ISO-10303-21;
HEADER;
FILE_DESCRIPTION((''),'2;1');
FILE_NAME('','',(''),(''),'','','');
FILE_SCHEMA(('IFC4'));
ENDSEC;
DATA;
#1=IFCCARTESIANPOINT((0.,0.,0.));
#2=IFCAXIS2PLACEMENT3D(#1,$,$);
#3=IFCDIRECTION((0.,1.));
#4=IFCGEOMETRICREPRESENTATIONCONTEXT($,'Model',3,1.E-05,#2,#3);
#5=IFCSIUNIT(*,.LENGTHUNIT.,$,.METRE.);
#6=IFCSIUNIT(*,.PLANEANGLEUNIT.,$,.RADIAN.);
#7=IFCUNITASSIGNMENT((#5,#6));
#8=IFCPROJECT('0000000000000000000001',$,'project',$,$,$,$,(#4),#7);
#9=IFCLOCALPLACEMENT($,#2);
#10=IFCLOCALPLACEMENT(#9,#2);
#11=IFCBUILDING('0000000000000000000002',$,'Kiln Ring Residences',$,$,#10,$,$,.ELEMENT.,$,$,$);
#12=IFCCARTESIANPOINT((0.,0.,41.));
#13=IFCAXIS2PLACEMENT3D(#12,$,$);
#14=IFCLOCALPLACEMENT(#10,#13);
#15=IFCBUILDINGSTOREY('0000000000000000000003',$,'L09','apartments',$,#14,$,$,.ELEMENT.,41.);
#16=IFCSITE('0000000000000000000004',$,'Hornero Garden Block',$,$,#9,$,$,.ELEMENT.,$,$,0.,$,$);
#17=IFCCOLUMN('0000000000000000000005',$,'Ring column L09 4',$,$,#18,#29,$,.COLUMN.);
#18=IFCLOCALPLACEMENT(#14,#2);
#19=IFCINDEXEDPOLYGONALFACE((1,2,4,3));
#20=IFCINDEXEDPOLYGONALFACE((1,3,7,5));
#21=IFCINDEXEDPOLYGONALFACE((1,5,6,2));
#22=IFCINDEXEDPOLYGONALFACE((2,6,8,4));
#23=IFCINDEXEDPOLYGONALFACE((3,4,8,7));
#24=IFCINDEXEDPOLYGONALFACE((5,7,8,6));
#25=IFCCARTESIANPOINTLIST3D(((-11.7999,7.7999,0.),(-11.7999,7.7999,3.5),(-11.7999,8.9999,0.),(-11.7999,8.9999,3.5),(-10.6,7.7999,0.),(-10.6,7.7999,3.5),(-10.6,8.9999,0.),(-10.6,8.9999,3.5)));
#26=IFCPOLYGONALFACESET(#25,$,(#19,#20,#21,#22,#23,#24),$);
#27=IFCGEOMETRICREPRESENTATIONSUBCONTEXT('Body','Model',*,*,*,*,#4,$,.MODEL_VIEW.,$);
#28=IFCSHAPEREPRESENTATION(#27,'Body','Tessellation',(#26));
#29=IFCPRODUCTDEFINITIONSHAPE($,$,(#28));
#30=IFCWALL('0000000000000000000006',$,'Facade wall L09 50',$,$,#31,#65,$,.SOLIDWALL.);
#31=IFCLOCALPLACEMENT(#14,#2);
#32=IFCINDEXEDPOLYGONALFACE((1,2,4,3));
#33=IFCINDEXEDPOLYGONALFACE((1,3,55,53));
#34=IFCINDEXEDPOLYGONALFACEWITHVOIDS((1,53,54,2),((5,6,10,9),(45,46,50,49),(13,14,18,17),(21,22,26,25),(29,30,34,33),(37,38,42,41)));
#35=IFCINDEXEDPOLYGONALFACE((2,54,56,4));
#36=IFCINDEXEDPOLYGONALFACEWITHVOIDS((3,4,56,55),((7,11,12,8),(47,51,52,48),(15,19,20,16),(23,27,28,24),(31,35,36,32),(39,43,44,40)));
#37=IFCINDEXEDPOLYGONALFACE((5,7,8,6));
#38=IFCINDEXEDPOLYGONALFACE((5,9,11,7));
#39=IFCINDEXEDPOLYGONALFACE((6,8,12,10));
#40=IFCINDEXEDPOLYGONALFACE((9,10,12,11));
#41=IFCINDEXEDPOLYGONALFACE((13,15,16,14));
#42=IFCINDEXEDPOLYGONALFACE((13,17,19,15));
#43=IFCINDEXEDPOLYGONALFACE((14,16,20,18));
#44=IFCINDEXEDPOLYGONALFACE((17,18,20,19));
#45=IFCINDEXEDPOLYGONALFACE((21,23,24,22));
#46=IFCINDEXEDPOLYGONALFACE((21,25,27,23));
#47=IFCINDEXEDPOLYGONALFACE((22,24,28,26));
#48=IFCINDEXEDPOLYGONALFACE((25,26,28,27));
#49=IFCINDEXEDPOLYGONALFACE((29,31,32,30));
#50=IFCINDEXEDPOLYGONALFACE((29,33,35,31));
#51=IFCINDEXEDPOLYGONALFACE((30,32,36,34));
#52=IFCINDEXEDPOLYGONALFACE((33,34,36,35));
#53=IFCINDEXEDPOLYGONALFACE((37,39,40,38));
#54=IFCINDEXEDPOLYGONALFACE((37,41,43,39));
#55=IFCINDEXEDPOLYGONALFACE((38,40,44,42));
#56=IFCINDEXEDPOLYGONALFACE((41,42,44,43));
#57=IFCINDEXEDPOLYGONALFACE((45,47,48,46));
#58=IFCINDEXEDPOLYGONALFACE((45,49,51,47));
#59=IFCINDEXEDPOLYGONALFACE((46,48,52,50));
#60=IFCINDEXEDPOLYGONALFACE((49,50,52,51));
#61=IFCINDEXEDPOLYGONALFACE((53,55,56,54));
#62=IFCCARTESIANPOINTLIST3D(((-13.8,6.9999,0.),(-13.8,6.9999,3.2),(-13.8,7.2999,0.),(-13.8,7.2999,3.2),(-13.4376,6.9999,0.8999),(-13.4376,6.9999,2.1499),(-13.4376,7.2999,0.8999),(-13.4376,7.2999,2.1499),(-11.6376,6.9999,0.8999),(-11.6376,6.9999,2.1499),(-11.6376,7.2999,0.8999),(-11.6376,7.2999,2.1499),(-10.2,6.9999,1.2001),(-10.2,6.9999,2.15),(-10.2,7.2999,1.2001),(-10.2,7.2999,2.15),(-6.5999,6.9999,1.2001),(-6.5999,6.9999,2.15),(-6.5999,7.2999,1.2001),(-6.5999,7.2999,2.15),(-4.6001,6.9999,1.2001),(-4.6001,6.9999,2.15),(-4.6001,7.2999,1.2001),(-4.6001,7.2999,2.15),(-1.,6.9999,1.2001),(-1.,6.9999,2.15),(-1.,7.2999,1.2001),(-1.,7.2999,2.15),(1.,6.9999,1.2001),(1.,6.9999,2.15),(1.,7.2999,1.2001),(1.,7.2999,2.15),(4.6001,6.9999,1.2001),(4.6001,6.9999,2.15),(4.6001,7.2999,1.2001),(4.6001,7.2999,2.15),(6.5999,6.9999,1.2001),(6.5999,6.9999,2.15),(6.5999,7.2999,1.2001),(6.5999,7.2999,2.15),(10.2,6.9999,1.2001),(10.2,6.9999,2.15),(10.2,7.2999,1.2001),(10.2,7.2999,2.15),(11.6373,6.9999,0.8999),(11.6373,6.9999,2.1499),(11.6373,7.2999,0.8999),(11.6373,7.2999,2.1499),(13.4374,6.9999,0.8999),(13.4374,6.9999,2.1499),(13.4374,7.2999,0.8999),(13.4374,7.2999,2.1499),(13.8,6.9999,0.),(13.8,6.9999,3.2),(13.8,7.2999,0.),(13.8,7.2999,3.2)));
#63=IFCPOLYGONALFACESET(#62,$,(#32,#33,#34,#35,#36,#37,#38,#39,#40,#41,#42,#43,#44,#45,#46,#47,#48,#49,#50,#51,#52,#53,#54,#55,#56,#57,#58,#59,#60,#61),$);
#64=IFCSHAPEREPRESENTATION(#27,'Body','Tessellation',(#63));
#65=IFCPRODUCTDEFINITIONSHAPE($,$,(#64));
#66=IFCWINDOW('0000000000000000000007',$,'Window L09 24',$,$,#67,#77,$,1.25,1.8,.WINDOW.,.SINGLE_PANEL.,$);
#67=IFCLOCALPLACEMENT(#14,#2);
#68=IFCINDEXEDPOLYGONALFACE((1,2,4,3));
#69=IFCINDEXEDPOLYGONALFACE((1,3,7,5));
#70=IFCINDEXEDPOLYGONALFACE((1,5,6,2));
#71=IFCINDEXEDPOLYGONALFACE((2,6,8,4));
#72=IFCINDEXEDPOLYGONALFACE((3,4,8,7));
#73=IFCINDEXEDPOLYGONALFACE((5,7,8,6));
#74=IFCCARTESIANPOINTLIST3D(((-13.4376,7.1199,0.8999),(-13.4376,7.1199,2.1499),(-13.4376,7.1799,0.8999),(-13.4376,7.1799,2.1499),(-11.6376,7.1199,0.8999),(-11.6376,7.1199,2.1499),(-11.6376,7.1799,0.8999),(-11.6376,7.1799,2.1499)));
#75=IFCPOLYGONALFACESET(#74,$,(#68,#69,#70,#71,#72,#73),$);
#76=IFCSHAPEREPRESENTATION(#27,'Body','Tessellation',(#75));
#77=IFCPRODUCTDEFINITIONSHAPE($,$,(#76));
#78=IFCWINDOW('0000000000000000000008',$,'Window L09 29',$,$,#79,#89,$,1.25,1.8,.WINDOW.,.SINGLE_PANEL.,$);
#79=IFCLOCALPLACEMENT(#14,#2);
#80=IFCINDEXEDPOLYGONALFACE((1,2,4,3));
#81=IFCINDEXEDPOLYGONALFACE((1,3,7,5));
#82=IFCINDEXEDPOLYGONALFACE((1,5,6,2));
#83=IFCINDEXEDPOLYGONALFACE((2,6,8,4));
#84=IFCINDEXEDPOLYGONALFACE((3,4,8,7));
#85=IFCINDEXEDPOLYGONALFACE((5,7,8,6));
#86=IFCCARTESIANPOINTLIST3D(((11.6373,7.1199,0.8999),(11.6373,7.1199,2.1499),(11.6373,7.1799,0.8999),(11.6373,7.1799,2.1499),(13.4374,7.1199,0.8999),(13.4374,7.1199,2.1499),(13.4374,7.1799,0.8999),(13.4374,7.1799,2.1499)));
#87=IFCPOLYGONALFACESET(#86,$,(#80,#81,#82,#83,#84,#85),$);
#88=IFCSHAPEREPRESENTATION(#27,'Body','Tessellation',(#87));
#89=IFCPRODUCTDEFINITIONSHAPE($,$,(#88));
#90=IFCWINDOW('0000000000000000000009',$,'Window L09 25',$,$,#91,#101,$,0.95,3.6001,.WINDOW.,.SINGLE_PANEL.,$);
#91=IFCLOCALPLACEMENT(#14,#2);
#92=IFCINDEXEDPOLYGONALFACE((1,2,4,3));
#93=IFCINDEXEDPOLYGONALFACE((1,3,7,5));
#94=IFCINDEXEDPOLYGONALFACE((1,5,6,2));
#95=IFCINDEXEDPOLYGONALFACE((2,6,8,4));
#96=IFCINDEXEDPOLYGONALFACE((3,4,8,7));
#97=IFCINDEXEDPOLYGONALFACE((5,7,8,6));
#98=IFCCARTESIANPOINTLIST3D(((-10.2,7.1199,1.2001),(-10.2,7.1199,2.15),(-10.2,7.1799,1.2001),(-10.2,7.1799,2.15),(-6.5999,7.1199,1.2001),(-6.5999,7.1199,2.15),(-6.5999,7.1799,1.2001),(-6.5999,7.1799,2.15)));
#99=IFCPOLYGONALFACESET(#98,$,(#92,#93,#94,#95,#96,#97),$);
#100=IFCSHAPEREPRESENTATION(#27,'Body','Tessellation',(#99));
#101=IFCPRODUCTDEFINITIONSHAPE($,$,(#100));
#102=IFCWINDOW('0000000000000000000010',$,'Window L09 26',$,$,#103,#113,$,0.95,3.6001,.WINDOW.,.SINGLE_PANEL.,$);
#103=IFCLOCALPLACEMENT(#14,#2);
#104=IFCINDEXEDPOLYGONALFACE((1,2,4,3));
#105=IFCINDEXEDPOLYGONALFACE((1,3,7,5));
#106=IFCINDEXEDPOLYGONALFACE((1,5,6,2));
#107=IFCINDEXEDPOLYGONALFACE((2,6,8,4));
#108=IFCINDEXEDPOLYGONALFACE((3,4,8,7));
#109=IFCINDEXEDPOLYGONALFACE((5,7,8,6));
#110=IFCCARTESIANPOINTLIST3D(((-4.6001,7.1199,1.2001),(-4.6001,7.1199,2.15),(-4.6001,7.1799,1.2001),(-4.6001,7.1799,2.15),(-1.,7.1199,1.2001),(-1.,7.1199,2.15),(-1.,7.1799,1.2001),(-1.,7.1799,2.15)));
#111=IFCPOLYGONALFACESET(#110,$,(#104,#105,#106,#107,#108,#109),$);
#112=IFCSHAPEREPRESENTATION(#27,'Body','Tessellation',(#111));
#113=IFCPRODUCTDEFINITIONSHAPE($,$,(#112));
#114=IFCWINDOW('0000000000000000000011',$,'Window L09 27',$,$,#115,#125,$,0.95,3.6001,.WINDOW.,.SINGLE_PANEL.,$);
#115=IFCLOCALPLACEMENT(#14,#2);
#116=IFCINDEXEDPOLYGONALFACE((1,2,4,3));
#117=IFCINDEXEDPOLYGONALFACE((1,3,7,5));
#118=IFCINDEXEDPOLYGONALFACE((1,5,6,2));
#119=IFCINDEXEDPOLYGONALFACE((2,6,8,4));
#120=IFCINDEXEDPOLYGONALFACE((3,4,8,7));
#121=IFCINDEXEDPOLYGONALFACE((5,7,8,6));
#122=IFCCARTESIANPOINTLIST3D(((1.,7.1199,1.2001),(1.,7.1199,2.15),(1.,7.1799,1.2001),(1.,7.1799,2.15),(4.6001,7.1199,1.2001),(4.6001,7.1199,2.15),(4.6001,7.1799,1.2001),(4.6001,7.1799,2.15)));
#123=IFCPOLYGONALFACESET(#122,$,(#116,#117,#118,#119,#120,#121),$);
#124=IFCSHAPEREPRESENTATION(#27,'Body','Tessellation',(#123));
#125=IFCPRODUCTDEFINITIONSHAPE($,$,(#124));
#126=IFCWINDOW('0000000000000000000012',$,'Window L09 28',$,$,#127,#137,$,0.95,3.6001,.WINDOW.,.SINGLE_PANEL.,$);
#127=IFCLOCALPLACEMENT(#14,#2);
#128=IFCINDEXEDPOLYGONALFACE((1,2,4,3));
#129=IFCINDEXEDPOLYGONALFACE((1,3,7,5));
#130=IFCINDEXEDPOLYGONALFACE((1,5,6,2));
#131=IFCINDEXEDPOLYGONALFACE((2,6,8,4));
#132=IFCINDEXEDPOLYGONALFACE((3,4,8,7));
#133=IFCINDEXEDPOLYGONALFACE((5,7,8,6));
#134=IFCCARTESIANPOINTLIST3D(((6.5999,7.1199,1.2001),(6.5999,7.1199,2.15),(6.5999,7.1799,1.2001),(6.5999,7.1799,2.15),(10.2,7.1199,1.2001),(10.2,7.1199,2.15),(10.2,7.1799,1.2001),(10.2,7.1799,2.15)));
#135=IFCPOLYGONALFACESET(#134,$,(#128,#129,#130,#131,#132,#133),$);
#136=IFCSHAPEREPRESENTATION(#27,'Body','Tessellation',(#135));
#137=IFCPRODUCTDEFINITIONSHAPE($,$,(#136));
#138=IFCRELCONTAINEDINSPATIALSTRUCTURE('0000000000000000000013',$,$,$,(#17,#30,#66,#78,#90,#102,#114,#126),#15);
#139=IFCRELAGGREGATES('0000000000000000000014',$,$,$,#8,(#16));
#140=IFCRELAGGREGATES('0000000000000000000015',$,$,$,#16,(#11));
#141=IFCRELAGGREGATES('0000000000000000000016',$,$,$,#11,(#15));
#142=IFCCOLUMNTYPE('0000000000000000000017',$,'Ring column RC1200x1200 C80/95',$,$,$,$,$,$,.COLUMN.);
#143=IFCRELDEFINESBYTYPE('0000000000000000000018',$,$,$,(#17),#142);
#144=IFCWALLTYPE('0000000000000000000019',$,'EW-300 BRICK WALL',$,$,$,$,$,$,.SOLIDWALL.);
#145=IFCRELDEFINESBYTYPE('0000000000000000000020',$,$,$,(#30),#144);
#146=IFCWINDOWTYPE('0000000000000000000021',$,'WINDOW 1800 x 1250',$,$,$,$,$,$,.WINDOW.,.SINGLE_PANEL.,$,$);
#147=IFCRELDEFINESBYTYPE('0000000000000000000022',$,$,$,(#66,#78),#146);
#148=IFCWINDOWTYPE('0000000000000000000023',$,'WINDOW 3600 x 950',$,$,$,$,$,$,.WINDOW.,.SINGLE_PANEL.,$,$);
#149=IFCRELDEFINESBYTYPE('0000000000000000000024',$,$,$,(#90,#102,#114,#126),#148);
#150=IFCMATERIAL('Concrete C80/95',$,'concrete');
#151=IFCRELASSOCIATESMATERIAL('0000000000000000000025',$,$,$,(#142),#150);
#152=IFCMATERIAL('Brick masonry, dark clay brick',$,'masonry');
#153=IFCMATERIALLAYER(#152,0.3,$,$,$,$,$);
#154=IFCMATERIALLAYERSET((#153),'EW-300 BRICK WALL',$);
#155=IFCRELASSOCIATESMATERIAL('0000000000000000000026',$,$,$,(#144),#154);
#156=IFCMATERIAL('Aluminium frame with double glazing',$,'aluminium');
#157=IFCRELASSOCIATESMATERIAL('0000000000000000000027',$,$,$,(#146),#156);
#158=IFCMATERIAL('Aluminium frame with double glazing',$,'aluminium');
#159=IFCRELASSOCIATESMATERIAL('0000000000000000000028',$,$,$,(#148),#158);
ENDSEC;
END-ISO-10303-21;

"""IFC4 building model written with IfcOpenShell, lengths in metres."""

from ifc_helpers import new_model, si_unit, direction, frame, frame_2d, origin, origin_2d, place, context, subcontext, project, spatial, rectangle, extrude, material, layer, layer_set, material_profile, profile_set, type_object, element, fill, save


model = new_model("IFC4")

# Units and contexts
model_context = context("Model", 3, precision=1e-05, world=origin(), true_north=direction((0.0, 1.0)))
body_context = subcontext(model_context, "Body", "Model", "MODEL_VIEW")
ifc_project = project(units=[si_unit("LENGTHUNIT", "METRE"), si_unit("PLANEANGLEUNIT", "RADIAN")], contexts=[model_context])

# Site, building, storey
site_placement = place(None, origin())
site = spatial("IfcSite", under=ifc_project, at=site_placement, Name="Hornero Garden Block", CompositionType="ELEMENT", RefElevation=0.0)
building_placement = place(site_placement, origin())
building = spatial("IfcBuilding", under=site, at=building_placement, Name="Kiln Ring Residences", CompositionType="ELEMENT")
storey_placement = place(building_placement, frame((0.0, 0.0, 41.0)))
storey = spatial("IfcBuildingStorey", under=building, at=storey_placement, Name="L09", Description="apartments", CompositionType="ELEMENT", Elevation=41.0)

# Column
ifc_material_1 = material(Name="Concrete C80/95", Category="concrete")
ifc_material_profile = material_profile(ifc_material_1, rectangle(XDim=1.2, YDim=1.2, at=origin_2d()), Name="RC1200x1200")
ifc_profile_set = profile_set([ifc_material_profile], Name="Concrete C80/95")
column_type = type_object("IfcColumnType", Name="Ring column RC1200x1200 C80/95", PredefinedType="COLUMN", material=ifc_profile_set)
column_placement = place(storey_placement, frame((-11.2, 8.3999, 0.0), z_axis=(0.0, 0.0, 1.0), x_axis=(1.0, 0.0, 0.0)))
element("IfcColumn", 1, at=column_placement, inside=storey, type_object=column_type, Name="Ring column L09 4", PredefinedType="COLUMN", context=body_context, shape_type="SweptSolid", body=[
    extrude(rectangle(XDim=1.2, YDim=1.2, at=origin_2d()), origin(), (0.0, 0.0, 1.0), 3.5),
])

# Wall, openings, windows
ifc_material_2 = material(Name="Brick masonry, dark clay brick", Category="masonry")
ifc_layer_1 = layer(ifc_material_2, 0.3)
ifc_layer_set_1 = layer_set([ifc_layer_1], Name="EW-300 BRICK WALL")
wall_type_1 = type_object("IfcWallType", Name="EW-300 BRICK WALL", PredefinedType="SOLIDWALL", material=ifc_layer_set_1)
wall_1_placement = place(storey_placement, frame((-13.8, 7.1499, 0.0), z_axis=(0.0, 0.0, 1.0), x_axis=(1.0, 0.0, 0.0)))
wall_1 = element("IfcWall", 2, at=wall_1_placement, inside=storey, type_object=wall_type_1, Name="Facade wall L09 50", PredefinedType="SOLIDWALL", context=body_context, shape_type="SweptSolid", body=[
    extrude(rectangle(XDim=27.6001, YDim=0.3, at=frame_2d((13.8, 0.0))), origin(), (0.0, 0.0, 1.0), 3.2),
])
opening_1_placement = place(wall_1_placement, frame((0.3625, 0.0, 0.8999)))
opening_1 = element("IfcOpeningElement", 3, at=opening_1_placement, cuts=wall_1, PredefinedType="OPENING", context=body_context, shape_type="SweptSolid", body=[
    extrude(rectangle(XDim=1.8, YDim=1.25, at=frame_2d((0.8999, 0.625))), frame((0.0, 0.1599, 0.0), z_axis=(0.0, -1.0, 0.0), x_axis=(1.0, 0.0, 0.0)), (0.0, 0.0, 1.0), 0.3201),
])
opening_2_placement = place(wall_1_placement, frame((3.6001, 0.0, 1.2)))
opening_2 = element("IfcOpeningElement", 4, at=opening_2_placement, cuts=wall_1, PredefinedType="OPENING", context=body_context, shape_type="SweptSolid", body=[
    extrude(rectangle(XDim=3.6001, YDim=0.95, at=frame_2d((1.8, 0.4751))), frame((0.0, 0.1599, 0.0), z_axis=(0.0, -1.0, 0.0), x_axis=(1.0, 0.0, 0.0)), (0.0, 0.0, 1.0), 0.3201),
])
opening_3_placement = place(wall_1_placement, frame((9.2, 0.0, 1.2)))
opening_3 = element("IfcOpeningElement", 5, at=opening_3_placement, cuts=wall_1, PredefinedType="OPENING", context=body_context, shape_type="SweptSolid", body=[
    extrude(rectangle(XDim=3.6001, YDim=0.95, at=frame_2d((1.8, 0.4751))), frame((0.0, 0.1599, 0.0), z_axis=(0.0, -1.0, 0.0), x_axis=(1.0, 0.0, 0.0)), (0.0, 0.0, 1.0), 0.3201),
])
opening_4_placement = place(wall_1_placement, frame((14.8, 0.0, 1.2)))
opening_4 = element("IfcOpeningElement", 6, at=opening_4_placement, cuts=wall_1, PredefinedType="OPENING", context=body_context, shape_type="SweptSolid", body=[
    extrude(rectangle(XDim=3.6001, YDim=0.95, at=frame_2d((1.8, 0.4751))), frame((0.0, 0.1599, 0.0), z_axis=(0.0, -1.0, 0.0), x_axis=(1.0, 0.0, 0.0)), (0.0, 0.0, 1.0), 0.3201),
])
opening_5_placement = place(wall_1_placement, frame((20.3999, 0.0, 1.2)))
opening_5 = element("IfcOpeningElement", 7, at=opening_5_placement, cuts=wall_1, PredefinedType="OPENING", context=body_context, shape_type="SweptSolid", body=[
    extrude(rectangle(XDim=3.6001, YDim=0.95, at=frame_2d((1.8, 0.4751))), frame((0.0, 0.1599, 0.0), z_axis=(0.0, -1.0, 0.0), x_axis=(1.0, 0.0, 0.0)), (0.0, 0.0, 1.0), 0.3201),
])
opening_6_placement = place(wall_1_placement, frame((25.4375, 0.0, 0.8999)))
opening_6 = element("IfcOpeningElement", 8, at=opening_6_placement, cuts=wall_1, PredefinedType="OPENING", context=body_context, shape_type="SweptSolid", body=[
    extrude(rectangle(XDim=1.8, YDim=1.25, at=frame_2d((0.8999, 0.625))), frame((0.0, 0.1599, 0.0), z_axis=(0.0, -1.0, 0.0), x_axis=(1.0, 0.0, 0.0)), (0.0, 0.0, 1.0), 0.3201),
])
ifc_material_3 = material(Name="Aluminium frame with double glazing", Category="aluminium")
window_type_1 = type_object("IfcWindowType", Name="WINDOW 1800 x 1250", PartitioningType="SINGLE_PANEL", PredefinedType="WINDOW", material=ifc_material_3)
window_1_placement = place(opening_1_placement, origin())
window_1 = element("IfcWindow", 9, at=window_1_placement, inside=storey, type_object=window_type_1, Name="Window L09 24", OverallHeight=1.25, OverallWidth=1.8, PartitioningType="SINGLE_PANEL", PredefinedType="WINDOW", context=body_context, shape_type="SweptSolid", body=[
    extrude(rectangle(XDim=1.8, YDim=1.25, at=frame_2d((0.8999, 0.625))), frame((0.0, 0.03, 0.0), z_axis=(0.0, -1.0, 0.0), x_axis=(1.0, 0.0, 0.0)), (0.0, 0.0, 1.0), 0.0601),
])
fill(opening_1, window_1)
window_2_placement = place(opening_6_placement, origin())
window_2 = element("IfcWindow", 10, at=window_2_placement, inside=storey, type_object=window_type_1, Name="Window L09 29", OverallHeight=1.25, OverallWidth=1.8, PartitioningType="SINGLE_PANEL", PredefinedType="WINDOW", context=body_context, shape_type="SweptSolid", body=[
    extrude(rectangle(XDim=1.8, YDim=1.25, at=frame_2d((0.8999, 0.625))), frame((0.0, 0.03, 0.0), z_axis=(0.0, -1.0, 0.0), x_axis=(1.0, 0.0, 0.0)), (0.0, 0.0, 1.0), 0.0601),
])
fill(opening_6, window_2)
ifc_material_4 = material(Name="Aluminium frame with double glazing", Category="aluminium")
window_type_2 = type_object("IfcWindowType", Name="WINDOW 3600 x 950", PartitioningType="SINGLE_PANEL", PredefinedType="WINDOW", material=ifc_material_4)
window_3_placement = place(opening_2_placement, origin())
window_3 = element("IfcWindow", 11, at=window_3_placement, inside=storey, type_object=window_type_2, Name="Window L09 25", OverallHeight=0.95, OverallWidth=3.6001, PartitioningType="SINGLE_PANEL", PredefinedType="WINDOW", context=body_context, shape_type="SweptSolid", body=[
    extrude(rectangle(XDim=3.6001, YDim=0.95, at=frame_2d((1.8, 0.4751))), frame((0.0, 0.03, 0.0), z_axis=(0.0, -1.0, 0.0), x_axis=(1.0, 0.0, 0.0)), (0.0, 0.0, 1.0), 0.0601),
])
fill(opening_2, window_3)
window_4_placement = place(opening_3_placement, origin())
window_4 = element("IfcWindow", 12, at=window_4_placement, inside=storey, type_object=window_type_2, Name="Window L09 26", OverallHeight=0.95, OverallWidth=3.6001, PartitioningType="SINGLE_PANEL", PredefinedType="WINDOW", context=body_context, shape_type="SweptSolid", body=[
    extrude(rectangle(XDim=3.6001, YDim=0.95, at=frame_2d((1.8, 0.4751))), frame((0.0, 0.03, 0.0), z_axis=(0.0, -1.0, 0.0), x_axis=(1.0, 0.0, 0.0)), (0.0, 0.0, 1.0), 0.0601),
])
fill(opening_3, window_4)
window_5_placement = place(opening_4_placement, origin())
window_5 = element("IfcWindow", 13, at=window_5_placement, inside=storey, type_object=window_type_2, Name="Window L09 27", OverallHeight=0.95, OverallWidth=3.6001, PartitioningType="SINGLE_PANEL", PredefinedType="WINDOW", context=body_context, shape_type="SweptSolid", body=[
    extrude(rectangle(XDim=3.6001, YDim=0.95, at=frame_2d((1.8, 0.4751))), frame((0.0, 0.03, 0.0), z_axis=(0.0, -1.0, 0.0), x_axis=(1.0, 0.0, 0.0)), (0.0, 0.0, 1.0), 0.0601),
])
fill(opening_4, window_5)
window_6_placement = place(opening_5_placement, origin())
window_6 = element("IfcWindow", 14, at=window_6_placement, inside=storey, type_object=window_type_2, Name="Window L09 28", OverallHeight=0.95, OverallWidth=3.6001, PartitioningType="SINGLE_PANEL", PredefinedType="WINDOW", context=body_context, shape_type="SweptSolid", body=[
    extrude(rectangle(XDim=3.6001, YDim=0.95, at=frame_2d((1.8, 0.4751))), frame((0.0, 0.03, 0.0), z_axis=(0.0, -1.0, 0.0), x_axis=(1.0, 0.0, 0.0)), (0.0, 0.0, 1.0), 0.0601),
])
fill(opening_5, window_6)

save(model, "model.ifc")
